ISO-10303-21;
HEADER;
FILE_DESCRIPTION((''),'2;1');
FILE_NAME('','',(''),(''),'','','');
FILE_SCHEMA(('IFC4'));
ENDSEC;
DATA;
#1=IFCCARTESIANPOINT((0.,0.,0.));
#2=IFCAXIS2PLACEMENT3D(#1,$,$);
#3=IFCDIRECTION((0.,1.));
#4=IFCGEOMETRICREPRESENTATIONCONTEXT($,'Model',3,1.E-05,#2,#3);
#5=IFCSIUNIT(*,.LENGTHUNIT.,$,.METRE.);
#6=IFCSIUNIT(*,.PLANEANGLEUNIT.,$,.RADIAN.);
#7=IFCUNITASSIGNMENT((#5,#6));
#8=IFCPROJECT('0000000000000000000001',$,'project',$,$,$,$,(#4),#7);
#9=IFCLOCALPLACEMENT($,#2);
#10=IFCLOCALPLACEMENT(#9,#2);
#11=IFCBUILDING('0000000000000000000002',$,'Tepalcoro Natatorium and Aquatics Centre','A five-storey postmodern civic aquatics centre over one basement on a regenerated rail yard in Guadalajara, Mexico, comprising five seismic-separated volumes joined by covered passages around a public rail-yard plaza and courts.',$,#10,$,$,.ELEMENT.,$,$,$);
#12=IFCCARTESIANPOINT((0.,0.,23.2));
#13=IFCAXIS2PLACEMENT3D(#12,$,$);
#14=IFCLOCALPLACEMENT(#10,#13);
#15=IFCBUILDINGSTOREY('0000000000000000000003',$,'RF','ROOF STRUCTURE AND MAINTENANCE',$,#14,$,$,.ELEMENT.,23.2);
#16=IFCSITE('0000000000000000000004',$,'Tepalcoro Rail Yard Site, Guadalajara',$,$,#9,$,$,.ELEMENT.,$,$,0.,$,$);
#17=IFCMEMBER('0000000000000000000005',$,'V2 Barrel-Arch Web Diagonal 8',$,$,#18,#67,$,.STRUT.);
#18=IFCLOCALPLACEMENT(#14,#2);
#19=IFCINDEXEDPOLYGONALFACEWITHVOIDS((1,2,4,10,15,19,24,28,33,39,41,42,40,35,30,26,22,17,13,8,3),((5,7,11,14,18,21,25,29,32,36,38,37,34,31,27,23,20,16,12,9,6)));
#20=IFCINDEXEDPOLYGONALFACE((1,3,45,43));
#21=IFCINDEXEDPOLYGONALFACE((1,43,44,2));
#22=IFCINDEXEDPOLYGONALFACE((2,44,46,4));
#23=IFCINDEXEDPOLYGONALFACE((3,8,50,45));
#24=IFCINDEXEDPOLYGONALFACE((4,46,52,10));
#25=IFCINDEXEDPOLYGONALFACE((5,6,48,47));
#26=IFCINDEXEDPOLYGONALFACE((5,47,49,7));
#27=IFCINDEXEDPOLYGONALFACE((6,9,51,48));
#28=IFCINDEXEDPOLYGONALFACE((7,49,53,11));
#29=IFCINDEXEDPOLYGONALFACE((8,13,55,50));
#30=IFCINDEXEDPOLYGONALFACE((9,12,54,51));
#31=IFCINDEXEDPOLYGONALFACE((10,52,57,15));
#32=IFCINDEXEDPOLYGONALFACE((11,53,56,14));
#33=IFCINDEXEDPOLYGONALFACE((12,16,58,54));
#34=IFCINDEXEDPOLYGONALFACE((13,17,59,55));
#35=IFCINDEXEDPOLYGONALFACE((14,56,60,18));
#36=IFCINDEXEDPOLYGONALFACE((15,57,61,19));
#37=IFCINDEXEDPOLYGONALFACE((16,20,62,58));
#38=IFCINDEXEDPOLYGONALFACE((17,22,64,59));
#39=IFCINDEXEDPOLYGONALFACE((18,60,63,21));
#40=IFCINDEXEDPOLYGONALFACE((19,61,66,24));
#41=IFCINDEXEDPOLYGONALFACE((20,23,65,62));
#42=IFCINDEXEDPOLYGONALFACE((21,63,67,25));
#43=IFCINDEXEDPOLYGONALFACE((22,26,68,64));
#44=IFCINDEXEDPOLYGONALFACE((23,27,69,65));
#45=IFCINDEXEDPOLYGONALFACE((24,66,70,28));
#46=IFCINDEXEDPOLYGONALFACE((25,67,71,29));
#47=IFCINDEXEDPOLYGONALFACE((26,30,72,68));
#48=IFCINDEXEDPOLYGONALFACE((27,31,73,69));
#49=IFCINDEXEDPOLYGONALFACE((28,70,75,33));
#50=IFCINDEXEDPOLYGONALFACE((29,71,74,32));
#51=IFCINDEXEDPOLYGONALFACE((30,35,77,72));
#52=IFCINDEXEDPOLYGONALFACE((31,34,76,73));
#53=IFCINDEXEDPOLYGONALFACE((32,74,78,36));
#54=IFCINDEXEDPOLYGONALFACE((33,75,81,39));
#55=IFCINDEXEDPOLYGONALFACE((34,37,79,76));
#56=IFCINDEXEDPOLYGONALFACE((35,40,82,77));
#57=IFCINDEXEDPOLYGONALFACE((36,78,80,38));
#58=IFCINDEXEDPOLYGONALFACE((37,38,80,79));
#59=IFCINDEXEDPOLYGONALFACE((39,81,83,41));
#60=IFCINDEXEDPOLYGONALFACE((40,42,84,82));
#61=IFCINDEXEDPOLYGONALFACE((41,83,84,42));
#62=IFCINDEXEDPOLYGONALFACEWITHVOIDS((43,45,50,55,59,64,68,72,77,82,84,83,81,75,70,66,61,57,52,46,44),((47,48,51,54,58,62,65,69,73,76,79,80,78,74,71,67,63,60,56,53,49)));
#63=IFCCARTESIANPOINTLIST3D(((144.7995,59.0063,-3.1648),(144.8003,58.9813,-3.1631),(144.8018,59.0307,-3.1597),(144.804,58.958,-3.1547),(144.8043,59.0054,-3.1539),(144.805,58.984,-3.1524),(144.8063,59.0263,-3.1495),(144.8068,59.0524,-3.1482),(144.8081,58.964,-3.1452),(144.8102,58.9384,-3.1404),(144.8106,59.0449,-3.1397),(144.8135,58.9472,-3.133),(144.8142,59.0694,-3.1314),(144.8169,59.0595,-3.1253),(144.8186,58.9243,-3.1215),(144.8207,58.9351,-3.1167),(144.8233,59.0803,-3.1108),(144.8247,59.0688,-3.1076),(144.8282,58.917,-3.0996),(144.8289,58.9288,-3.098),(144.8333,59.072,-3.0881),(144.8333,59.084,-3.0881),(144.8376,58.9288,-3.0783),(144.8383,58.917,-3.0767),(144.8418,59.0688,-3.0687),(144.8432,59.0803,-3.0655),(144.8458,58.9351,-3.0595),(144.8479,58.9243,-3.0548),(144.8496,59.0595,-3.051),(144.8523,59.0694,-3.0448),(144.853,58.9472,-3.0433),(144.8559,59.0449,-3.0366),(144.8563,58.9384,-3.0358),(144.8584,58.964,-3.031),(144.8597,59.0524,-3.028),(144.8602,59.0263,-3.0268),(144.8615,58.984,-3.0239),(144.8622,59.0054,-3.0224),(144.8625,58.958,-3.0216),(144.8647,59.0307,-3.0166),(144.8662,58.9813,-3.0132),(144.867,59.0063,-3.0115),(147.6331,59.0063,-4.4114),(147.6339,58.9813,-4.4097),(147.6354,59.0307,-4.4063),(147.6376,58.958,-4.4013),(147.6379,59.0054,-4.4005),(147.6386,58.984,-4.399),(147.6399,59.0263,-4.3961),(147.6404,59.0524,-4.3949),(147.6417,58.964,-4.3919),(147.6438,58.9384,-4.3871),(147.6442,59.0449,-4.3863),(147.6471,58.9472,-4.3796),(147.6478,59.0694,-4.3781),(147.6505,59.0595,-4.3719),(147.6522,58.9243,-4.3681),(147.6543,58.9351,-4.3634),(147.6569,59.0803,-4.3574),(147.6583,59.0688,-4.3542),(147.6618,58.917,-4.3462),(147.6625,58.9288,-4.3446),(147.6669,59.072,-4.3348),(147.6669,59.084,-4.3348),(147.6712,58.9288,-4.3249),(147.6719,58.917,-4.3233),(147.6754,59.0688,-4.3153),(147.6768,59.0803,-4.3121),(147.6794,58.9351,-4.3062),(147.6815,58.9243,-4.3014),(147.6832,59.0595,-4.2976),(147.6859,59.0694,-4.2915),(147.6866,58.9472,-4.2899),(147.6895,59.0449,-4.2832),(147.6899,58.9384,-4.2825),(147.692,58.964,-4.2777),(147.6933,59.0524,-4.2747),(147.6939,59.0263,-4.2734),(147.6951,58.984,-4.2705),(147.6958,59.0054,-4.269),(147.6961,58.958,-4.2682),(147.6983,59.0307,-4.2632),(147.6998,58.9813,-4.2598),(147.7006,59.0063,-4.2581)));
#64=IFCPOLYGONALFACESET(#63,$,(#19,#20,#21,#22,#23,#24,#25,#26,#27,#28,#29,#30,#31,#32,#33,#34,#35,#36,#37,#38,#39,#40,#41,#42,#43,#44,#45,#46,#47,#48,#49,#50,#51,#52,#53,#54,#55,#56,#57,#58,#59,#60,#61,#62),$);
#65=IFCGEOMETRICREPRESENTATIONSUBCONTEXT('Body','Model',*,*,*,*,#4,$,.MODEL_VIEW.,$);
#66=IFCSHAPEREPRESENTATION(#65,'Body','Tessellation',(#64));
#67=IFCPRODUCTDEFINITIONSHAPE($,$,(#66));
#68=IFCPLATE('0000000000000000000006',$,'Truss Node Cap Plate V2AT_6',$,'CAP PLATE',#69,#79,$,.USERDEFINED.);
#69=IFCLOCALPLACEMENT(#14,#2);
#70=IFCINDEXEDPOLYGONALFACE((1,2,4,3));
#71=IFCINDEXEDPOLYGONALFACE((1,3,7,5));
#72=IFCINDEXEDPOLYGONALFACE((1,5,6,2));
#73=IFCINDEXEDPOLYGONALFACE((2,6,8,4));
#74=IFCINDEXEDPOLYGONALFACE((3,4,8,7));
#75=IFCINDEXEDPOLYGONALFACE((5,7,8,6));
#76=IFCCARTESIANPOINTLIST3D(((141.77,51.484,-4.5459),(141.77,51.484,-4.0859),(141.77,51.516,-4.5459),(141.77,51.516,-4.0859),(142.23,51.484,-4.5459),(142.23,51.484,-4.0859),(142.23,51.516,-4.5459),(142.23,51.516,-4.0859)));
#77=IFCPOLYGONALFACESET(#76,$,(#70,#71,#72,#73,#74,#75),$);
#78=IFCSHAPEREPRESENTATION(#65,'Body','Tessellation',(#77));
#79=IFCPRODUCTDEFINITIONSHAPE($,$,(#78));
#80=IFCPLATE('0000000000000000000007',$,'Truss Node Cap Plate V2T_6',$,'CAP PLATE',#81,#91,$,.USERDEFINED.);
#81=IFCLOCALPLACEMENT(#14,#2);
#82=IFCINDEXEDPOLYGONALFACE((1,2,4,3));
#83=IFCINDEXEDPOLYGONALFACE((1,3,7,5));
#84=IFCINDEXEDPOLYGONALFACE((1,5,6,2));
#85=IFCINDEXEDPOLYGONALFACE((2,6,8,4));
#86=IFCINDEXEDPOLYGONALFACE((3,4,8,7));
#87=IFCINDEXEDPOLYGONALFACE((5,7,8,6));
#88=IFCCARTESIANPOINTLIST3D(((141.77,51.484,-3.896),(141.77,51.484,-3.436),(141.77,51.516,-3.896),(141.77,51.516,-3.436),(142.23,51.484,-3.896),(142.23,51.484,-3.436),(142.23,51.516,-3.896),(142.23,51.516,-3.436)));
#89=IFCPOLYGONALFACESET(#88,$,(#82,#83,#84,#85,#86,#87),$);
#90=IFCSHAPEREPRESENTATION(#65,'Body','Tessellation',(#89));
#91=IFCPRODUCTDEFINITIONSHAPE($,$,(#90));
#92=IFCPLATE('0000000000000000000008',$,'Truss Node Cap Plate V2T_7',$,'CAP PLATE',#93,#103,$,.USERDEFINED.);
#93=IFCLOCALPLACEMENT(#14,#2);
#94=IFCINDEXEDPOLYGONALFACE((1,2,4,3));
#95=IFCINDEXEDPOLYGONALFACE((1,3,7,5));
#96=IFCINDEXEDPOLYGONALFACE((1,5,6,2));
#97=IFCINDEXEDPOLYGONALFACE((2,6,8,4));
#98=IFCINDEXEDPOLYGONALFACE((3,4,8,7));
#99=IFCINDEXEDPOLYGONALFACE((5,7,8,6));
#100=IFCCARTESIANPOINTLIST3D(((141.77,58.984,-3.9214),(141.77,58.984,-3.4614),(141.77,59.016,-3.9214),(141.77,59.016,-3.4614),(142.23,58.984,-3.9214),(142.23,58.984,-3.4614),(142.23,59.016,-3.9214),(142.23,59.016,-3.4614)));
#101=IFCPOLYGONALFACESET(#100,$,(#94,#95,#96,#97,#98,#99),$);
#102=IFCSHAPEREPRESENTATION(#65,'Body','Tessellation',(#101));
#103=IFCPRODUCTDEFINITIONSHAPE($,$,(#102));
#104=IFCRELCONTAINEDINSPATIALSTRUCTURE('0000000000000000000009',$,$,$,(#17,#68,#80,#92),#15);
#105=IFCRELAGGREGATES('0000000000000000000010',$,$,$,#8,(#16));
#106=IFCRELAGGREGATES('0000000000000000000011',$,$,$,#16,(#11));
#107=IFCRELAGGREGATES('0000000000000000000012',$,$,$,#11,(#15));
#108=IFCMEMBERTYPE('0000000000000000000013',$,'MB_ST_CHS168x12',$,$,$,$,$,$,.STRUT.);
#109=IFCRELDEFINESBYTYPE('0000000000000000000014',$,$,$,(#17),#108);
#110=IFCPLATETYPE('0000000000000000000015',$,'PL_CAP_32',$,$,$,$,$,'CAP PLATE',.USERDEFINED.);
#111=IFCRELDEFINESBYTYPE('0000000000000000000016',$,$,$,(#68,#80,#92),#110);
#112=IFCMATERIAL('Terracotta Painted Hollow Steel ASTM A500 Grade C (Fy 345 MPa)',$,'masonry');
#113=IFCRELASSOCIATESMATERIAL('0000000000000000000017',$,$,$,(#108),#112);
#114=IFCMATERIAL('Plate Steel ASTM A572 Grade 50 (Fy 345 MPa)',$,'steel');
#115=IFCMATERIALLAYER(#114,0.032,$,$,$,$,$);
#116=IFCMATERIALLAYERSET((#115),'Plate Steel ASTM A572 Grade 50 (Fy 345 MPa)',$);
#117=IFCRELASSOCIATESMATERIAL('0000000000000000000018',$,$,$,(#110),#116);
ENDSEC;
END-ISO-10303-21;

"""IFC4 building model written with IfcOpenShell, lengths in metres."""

from ifc_helpers import new_model, si_unit, direction, frame, origin, origin_2d, place, context, subcontext, project, spatial, rectangle, hollow_circle, extrude, material, layer, layer_set, material_profile, profile_set, type_object, element, save


model = new_model("IFC4")

# Units and contexts
model_context = context("Model", 3, precision=1e-05, world=origin(), true_north=direction((0.0, 1.0)))
body_context = subcontext(model_context, "Body", "Model", "MODEL_VIEW")
ifc_project = project(units=[si_unit("LENGTHUNIT", "METRE"), si_unit("PLANEANGLEUNIT", "RADIAN")], contexts=[model_context])

# Site, building, storey
site_placement = place(None, origin())
site = spatial("IfcSite", under=ifc_project, at=site_placement, Name="Tepalcoro Rail Yard Site, Guadalajara", CompositionType="ELEMENT", RefElevation=0.0)
building_placement = place(site_placement, origin())
building = spatial("IfcBuilding", under=site, at=building_placement, Name="Tepalcoro Natatorium and Aquatics Centre", Description="A five-storey postmodern civic aquatics centre over one basement on a regenerated rail yard in Guadalajara, Mexico, comprising five seismic-separated volumes joined by covered passages around a public rail-yard plaza and courts.", CompositionType="ELEMENT")
storey_placement = place(building_placement, frame((0.0, 0.0, 23.2)))
storey = spatial("IfcBuildingStorey", under=building, at=storey_placement, Name="RF", Description="ROOF STRUCTURE AND MAINTENANCE", CompositionType="ELEMENT", Elevation=23.2)

# Shared definitions
ifc_material_1 = material(Name="Terracotta Painted Hollow Steel ASTM A500 Grade C (Fy 345 MPa)", Category="masonry")

# Member
ifc_material_profile_1 = material_profile(ifc_material_1, hollow_circle(Radius=0.084, WallThickness=0.012, at=origin_2d()), Name="CHS168X12")
ifc_profile_set_1 = profile_set([ifc_material_profile_1], Name="Terracotta Painted Hollow Steel ASTM A500 Grade C (Fy 345 MPa)")
member_type_1 = type_object("IfcMemberType", Name="MB_ST_CHS168x12", PredefinedType="STRUT", material=ifc_profile_set_1)
member_1_placement = place(storey_placement, frame((144.8333, 59.0, -3.0881), z_axis=(0.915334, 0.0, -0.402696), x_axis=(0.0, 1.0, 0.0)))
element("IfcMember", 1, at=member_1_placement, inside=storey, type_object=member_type_1, Name="V2 Barrel-Arch Web Diagonal 8", PredefinedType="STRUT", context=body_context, shape_type="SweptSolid", body=[
    extrude(hollow_circle(Radius=0.084, WallThickness=0.012, at=origin_2d()), origin(), (0.0, 0.0, 1.0), 3.0957),
])

# Plates
ifc_material_2 = material(Name="Plate Steel ASTM A572 Grade 50 (Fy 345 MPa)", Category="steel")
ifc_layer = layer(ifc_material_2, 0.032)
ifc_layer_set = layer_set([ifc_layer], Name="Plate Steel ASTM A572 Grade 50 (Fy 345 MPa)")
plate_type = type_object("IfcPlateType", Name="PL_CAP_32", ElementType="CAP PLATE", PredefinedType="USERDEFINED", material=ifc_layer_set)
for number, where, z_axis, x_axis, name in (
    (2, (142.0, 51.5, -4.5459), (0.0, 0.0, 1.0), (1.0, 0.0, 0.0), "Truss Node Cap Plate V2AT_6"),
    (3, (142.0, 51.5, -3.896), (0.0, 0.0, 1.0), (1.0, 0.0, 0.0), "Truss Node Cap Plate V2T_6"),
    (4, (142.0, 59.0, -3.9214), (0.0, 0.0, 1.0), (1.0, 0.0, 0.0), "Truss Node Cap Plate V2T_7"),
):
    element("IfcPlate", number, at=place(storey_placement, frame(where, z_axis=z_axis, x_axis=x_axis)), inside=storey, type_object=plate_type, Name=name, ObjectType="CAP PLATE", PredefinedType="USERDEFINED", context=body_context, shape_type="SweptSolid", body=[
        extrude(rectangle(XDim=0.46, YDim=0.032, at=origin_2d()), origin(), (0.0, 0.0, 1.0), 0.46),
    ])

save(model, "model.ifc")
